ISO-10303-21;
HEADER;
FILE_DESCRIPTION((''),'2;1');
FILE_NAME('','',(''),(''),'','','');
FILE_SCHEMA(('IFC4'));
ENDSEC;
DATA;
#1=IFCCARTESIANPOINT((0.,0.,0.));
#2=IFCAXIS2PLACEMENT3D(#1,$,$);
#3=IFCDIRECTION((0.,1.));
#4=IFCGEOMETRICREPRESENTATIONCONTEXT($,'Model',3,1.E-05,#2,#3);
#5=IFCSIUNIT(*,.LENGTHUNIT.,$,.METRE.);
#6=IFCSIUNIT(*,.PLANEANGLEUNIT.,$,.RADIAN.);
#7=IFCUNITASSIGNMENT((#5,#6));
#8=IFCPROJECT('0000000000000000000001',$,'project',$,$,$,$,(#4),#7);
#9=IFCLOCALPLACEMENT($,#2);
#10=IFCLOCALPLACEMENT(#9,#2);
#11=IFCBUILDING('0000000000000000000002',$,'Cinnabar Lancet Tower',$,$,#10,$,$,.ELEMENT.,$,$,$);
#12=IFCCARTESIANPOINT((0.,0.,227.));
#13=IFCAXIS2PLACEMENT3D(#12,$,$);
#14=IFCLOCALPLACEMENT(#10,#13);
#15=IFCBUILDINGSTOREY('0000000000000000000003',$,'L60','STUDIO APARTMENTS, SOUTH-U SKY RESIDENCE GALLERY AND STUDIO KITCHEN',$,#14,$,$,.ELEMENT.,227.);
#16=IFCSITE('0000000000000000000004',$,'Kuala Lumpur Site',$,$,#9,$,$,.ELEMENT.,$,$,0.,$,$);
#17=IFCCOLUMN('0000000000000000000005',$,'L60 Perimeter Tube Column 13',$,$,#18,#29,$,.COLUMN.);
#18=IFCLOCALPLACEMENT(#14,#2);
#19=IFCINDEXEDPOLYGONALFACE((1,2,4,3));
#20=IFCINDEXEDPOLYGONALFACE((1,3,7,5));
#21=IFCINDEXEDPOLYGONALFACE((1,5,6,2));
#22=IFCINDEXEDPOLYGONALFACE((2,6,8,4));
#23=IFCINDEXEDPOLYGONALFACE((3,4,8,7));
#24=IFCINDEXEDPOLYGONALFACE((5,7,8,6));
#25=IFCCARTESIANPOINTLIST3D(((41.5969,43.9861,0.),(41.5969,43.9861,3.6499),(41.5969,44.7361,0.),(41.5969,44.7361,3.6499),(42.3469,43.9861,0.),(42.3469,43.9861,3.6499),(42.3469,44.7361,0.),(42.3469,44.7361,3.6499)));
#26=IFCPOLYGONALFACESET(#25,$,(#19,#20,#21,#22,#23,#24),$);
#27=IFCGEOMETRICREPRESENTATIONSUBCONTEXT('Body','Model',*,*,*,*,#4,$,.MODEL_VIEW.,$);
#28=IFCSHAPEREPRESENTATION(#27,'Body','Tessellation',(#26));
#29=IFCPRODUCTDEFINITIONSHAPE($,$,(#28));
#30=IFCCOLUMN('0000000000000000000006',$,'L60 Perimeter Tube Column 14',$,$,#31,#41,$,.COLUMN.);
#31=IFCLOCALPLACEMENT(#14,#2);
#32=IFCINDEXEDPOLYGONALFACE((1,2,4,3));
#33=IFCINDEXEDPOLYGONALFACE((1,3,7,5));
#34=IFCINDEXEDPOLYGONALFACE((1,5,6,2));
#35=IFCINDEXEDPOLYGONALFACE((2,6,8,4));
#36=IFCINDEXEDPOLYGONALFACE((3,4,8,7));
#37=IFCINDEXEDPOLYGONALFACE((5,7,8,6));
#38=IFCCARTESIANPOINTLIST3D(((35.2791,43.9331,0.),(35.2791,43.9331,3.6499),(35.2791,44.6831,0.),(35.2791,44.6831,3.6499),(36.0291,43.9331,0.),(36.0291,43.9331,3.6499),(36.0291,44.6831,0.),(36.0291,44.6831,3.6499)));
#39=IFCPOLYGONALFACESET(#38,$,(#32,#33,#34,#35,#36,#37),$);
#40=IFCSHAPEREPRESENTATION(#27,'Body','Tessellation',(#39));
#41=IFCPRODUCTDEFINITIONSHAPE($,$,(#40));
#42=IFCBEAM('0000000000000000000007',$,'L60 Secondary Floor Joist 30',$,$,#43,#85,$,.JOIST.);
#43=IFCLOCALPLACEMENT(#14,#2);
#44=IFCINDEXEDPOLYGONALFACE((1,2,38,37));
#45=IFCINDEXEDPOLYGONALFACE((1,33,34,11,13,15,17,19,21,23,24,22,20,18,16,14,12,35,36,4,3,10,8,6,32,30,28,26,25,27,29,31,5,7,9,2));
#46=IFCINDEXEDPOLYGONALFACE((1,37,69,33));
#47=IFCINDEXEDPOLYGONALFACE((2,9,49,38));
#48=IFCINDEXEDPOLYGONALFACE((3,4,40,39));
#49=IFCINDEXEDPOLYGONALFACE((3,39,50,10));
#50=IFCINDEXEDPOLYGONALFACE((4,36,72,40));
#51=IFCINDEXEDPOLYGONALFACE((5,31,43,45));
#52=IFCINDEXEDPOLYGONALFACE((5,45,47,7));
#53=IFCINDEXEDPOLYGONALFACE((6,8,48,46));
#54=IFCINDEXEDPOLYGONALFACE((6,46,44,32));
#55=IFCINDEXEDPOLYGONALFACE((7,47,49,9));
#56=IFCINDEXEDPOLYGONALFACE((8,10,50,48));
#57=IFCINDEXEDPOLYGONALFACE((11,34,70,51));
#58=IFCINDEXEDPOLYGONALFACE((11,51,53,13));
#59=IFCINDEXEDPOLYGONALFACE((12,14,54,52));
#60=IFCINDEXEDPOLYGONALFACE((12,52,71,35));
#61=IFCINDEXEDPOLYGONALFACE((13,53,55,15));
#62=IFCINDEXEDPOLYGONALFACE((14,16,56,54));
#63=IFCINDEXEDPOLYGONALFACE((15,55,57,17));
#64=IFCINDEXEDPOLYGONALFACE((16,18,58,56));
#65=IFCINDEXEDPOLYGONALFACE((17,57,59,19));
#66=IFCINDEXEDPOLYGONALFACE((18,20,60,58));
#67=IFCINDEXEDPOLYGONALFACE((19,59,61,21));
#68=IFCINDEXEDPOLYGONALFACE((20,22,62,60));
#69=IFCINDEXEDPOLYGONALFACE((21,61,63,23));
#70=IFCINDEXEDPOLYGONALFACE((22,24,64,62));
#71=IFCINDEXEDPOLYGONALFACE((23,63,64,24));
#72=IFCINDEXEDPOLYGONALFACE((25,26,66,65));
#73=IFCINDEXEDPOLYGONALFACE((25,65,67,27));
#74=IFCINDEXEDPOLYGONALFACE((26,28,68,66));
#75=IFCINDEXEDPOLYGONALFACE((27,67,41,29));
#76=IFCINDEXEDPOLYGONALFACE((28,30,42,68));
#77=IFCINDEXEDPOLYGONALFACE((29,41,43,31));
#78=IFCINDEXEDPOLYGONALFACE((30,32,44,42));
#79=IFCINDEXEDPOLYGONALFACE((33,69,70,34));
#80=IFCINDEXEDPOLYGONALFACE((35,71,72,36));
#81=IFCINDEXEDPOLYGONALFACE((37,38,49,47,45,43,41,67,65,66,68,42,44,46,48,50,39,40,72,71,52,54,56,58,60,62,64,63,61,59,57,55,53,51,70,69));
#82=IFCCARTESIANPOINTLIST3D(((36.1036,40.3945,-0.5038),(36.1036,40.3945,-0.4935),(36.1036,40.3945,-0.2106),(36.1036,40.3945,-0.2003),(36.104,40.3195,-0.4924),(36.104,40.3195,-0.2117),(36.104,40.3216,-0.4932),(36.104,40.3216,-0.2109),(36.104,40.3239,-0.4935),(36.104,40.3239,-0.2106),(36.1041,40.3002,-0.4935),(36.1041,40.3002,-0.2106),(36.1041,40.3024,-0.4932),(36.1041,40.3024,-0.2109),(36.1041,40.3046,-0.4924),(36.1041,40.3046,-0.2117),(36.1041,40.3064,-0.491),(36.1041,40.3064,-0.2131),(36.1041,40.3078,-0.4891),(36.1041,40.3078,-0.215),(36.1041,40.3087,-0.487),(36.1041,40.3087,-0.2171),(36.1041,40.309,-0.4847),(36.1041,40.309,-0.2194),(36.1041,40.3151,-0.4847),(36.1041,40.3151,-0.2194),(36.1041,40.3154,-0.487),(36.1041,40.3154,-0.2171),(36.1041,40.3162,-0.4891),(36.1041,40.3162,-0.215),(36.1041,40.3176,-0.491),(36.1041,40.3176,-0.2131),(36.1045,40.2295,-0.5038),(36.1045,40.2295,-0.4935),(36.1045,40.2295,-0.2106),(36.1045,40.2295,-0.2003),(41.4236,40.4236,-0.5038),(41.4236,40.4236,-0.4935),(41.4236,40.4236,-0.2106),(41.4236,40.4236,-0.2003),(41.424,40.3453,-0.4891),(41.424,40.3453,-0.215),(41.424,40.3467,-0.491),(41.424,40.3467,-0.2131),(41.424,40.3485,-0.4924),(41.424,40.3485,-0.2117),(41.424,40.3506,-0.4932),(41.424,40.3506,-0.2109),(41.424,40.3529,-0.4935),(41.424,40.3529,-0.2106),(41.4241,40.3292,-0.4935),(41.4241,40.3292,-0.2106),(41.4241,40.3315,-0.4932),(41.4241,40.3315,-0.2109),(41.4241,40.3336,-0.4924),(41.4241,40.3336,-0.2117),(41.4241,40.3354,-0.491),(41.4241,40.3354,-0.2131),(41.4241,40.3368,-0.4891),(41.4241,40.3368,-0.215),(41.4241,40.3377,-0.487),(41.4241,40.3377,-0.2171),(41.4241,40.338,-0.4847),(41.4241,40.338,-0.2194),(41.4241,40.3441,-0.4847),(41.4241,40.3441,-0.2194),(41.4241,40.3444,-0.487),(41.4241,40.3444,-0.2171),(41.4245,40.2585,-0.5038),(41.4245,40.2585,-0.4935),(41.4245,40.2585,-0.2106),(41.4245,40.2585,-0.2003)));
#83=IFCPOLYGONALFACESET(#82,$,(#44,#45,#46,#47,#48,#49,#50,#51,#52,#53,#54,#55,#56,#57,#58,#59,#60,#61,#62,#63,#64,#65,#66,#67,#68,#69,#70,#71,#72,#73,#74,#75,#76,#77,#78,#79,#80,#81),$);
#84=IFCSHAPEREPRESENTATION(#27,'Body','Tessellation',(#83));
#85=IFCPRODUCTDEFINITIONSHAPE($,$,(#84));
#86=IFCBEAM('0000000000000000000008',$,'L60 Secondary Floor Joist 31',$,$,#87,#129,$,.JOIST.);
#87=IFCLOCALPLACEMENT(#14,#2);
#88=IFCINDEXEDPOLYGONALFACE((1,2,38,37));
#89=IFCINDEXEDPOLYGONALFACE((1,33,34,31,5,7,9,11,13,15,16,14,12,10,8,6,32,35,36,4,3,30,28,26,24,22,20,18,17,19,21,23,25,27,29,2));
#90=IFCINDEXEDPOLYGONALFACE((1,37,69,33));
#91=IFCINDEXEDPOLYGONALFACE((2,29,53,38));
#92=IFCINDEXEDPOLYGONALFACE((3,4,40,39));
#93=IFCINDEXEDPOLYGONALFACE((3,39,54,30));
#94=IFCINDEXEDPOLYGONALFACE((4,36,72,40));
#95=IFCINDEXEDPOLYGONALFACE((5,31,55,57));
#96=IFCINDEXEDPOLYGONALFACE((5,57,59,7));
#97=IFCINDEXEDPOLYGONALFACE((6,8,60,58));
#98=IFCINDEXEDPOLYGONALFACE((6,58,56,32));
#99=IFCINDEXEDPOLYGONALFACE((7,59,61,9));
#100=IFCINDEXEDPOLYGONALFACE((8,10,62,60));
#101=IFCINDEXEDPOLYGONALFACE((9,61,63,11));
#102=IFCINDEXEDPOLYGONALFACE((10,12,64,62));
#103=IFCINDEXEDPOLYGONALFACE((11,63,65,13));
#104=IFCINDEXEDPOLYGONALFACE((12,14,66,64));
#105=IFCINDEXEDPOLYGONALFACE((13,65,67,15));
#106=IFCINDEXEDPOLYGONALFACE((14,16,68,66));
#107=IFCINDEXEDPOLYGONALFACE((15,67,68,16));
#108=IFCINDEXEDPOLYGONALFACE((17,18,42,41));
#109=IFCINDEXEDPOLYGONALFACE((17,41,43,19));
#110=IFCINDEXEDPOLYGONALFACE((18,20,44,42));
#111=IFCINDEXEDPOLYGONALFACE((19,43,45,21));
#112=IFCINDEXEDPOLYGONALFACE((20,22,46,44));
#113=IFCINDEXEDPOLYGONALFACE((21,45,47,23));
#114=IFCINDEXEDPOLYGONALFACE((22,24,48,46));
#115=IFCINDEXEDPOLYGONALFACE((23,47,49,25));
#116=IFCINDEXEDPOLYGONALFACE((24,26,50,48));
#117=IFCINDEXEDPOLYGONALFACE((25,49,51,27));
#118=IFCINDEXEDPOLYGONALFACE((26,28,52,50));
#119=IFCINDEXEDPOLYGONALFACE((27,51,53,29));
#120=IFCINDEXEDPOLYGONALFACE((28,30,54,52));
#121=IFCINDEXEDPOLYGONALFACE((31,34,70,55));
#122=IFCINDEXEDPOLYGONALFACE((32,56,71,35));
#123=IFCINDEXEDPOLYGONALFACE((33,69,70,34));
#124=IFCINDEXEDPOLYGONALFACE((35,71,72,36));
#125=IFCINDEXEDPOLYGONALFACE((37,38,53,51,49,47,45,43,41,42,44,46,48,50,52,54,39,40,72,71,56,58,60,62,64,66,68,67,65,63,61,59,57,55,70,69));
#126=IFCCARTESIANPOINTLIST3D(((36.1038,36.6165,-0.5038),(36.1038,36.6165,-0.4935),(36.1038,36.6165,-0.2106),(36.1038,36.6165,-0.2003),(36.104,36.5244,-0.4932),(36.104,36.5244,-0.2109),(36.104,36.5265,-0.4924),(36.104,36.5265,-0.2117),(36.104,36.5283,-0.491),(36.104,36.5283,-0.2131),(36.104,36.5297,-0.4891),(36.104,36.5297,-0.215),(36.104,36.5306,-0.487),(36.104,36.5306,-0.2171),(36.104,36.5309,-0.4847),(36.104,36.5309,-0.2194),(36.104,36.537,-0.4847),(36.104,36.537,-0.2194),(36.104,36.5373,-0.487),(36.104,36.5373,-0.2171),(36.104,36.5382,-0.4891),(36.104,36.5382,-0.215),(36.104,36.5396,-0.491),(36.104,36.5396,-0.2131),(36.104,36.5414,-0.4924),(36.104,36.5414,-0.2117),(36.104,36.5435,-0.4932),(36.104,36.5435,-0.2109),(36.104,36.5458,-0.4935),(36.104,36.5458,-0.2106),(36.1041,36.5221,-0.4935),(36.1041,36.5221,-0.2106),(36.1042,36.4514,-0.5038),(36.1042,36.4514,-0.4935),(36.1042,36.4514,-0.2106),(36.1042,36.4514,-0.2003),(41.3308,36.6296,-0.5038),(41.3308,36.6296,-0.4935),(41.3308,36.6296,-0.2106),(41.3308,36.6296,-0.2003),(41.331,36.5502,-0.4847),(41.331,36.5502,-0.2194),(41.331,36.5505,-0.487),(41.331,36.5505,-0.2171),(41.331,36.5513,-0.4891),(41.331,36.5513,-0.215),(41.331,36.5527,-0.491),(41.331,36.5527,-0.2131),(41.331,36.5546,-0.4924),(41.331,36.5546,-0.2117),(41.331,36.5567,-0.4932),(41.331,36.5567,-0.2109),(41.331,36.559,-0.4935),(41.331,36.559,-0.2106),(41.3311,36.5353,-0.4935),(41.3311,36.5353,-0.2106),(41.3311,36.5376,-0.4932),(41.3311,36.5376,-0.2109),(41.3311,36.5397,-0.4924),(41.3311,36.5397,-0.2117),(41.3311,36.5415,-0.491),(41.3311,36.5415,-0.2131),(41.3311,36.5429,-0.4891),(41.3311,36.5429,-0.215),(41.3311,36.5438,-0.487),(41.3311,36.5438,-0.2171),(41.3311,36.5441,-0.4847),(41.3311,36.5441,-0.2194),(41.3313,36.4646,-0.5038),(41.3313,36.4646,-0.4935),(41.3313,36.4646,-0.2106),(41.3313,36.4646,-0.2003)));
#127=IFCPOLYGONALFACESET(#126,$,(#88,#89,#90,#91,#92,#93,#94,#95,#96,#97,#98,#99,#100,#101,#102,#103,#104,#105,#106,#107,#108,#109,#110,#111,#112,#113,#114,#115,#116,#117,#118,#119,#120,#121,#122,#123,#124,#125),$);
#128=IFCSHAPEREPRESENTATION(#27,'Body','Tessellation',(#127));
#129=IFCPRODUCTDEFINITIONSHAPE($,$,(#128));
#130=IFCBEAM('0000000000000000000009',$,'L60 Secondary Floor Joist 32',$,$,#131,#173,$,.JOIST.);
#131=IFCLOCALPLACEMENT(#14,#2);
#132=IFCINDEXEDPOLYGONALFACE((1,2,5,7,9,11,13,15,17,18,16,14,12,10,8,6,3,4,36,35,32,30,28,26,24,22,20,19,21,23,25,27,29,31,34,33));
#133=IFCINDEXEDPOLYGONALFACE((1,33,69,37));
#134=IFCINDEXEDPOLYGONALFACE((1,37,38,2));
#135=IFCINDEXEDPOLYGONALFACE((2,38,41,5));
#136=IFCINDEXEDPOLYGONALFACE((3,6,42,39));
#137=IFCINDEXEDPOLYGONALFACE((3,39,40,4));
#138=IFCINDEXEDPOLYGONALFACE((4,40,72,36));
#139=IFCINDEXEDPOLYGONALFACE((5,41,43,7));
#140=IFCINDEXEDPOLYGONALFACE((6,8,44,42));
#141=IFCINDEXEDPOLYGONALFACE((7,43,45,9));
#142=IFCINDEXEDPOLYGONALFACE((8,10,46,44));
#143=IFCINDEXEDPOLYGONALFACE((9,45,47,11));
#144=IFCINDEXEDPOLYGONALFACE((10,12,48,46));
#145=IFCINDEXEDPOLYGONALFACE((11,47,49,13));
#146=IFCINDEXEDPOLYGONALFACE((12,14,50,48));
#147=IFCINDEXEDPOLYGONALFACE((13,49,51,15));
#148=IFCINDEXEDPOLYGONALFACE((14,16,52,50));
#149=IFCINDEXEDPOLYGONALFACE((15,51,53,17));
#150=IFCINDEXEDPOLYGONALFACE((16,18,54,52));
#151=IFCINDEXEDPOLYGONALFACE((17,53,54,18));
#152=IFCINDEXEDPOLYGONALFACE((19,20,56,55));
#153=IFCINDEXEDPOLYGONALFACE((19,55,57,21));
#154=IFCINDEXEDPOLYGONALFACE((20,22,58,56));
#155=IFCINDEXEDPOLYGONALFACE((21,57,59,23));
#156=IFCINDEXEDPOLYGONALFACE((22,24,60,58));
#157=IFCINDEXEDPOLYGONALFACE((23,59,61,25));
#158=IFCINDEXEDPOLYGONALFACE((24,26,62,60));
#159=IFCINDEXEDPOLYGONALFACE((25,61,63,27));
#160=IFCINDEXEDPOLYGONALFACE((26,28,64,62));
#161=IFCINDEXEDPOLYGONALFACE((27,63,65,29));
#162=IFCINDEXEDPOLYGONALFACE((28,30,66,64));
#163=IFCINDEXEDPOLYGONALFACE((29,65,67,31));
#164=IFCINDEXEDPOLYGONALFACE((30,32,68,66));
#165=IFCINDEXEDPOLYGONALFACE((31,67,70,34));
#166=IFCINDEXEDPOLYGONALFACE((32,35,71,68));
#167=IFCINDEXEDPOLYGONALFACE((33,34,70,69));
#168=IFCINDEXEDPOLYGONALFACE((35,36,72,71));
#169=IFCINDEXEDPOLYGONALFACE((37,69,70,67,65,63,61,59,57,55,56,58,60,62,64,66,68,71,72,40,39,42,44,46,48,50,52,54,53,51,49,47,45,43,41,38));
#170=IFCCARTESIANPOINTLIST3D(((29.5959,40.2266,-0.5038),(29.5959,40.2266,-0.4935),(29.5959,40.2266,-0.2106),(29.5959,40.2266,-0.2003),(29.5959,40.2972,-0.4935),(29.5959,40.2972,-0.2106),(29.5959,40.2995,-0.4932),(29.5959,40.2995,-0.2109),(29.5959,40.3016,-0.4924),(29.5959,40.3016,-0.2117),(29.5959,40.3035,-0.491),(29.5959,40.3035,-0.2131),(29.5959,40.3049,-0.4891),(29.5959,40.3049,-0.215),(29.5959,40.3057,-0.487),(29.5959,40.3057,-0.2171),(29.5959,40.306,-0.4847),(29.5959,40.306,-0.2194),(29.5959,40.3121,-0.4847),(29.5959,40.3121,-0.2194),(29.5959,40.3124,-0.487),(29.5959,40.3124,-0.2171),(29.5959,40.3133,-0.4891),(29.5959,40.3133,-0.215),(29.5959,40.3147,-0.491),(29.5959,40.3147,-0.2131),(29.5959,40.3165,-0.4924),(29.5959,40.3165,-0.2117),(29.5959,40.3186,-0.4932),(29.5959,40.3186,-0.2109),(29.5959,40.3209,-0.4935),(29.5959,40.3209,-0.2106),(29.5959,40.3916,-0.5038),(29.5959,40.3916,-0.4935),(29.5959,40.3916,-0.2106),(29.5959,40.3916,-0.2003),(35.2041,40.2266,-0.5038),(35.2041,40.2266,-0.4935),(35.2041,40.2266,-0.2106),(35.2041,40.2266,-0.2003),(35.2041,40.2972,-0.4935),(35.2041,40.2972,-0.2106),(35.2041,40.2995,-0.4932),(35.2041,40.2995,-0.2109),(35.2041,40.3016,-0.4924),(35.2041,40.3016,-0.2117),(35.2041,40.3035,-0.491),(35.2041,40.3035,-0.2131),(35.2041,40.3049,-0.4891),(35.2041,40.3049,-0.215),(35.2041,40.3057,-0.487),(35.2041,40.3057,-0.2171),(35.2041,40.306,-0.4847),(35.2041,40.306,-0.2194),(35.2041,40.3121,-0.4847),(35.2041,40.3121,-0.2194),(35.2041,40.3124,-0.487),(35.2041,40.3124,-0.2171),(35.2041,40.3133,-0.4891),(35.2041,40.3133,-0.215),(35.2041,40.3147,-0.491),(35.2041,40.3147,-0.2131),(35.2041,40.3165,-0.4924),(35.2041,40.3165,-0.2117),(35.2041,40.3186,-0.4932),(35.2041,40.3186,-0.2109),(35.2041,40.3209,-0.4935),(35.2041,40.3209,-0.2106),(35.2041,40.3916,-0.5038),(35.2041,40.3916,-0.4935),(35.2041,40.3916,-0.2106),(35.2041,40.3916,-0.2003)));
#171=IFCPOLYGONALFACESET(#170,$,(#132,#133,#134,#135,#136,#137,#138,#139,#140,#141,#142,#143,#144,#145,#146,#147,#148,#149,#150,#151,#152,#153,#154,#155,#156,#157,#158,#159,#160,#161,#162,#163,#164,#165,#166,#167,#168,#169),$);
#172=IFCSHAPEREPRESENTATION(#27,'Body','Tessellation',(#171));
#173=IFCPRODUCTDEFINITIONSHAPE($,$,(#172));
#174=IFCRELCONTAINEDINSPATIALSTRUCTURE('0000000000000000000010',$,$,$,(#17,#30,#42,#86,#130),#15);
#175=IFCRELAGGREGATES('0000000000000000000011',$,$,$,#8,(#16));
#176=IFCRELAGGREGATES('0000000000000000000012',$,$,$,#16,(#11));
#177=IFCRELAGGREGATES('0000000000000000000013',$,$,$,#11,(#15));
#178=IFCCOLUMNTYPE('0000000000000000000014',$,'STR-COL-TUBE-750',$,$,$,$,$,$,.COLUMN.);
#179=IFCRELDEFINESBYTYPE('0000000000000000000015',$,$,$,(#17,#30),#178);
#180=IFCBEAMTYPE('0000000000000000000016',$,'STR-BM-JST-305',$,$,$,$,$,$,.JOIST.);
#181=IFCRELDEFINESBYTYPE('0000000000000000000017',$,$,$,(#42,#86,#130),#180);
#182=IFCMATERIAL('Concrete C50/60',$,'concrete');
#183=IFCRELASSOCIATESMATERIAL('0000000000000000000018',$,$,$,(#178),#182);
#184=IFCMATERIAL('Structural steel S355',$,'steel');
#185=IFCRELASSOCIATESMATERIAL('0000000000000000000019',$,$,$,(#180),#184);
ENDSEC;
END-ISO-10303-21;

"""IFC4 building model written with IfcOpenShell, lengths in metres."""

from ifc_helpers import new_model, si_unit, direction, frame, origin, origin_2d, place, context, subcontext, project, spatial, rectangle, i_section, extrude, material, material_profile, profile_set, type_object, element, save


model = new_model("IFC4")

# Units and contexts
model_context = context("Model", 3, precision=1e-05, world=origin(), true_north=direction((0.0, 1.0)))
body_context = subcontext(model_context, "Body", "Model", "MODEL_VIEW")
ifc_project = project(units=[si_unit("LENGTHUNIT", "METRE"), si_unit("PLANEANGLEUNIT", "RADIAN")], contexts=[model_context])

# Site, building, storey
site_placement = place(None, origin())
site = spatial("IfcSite", under=ifc_project, at=site_placement, Name="Kuala Lumpur Site", CompositionType="ELEMENT", RefElevation=0.0)
building_placement = place(site_placement, origin())
building = spatial("IfcBuilding", under=site, at=building_placement, Name="Cinnabar Lancet Tower", CompositionType="ELEMENT")
storey_placement = place(building_placement, frame((0.0, 0.0, 227.0)))
storey = spatial("IfcBuildingStorey", under=building, at=storey_placement, Name="L60", Description="STUDIO APARTMENTS, SOUTH-U SKY RESIDENCE GALLERY AND STUDIO KITCHEN", CompositionType="ELEMENT", Elevation=227.0)

# Columns
ifc_material_1 = material(Name="Concrete C50/60", Category="concrete")
ifc_material_profile_1 = material_profile(ifc_material_1, rectangle(XDim=0.75, YDim=0.75, at=origin_2d()), Name="RC-COL 750x750")
ifc_profile_set_1 = profile_set([ifc_material_profile_1], Name="Concrete C50/60")
column_type = type_object("IfcColumnType", Name="STR-COL-TUBE-750", PredefinedType="COLUMN", material=ifc_profile_set_1)
for number, where, z_axis, x_axis, name in (
    (1, (41.9719, 44.3611, 0.0), (0.0, 0.0, 1.0), (1.0, 0.0, 0.0), "L60 Perimeter Tube Column 13"),
    (2, (35.6541, 44.3081, 0.0), (0.0, 0.0, 1.0), (1.0, 0.0, 0.0), "L60 Perimeter Tube Column 14"),
):
    element("IfcColumn", number, at=place(storey_placement, frame(where, z_axis=z_axis, x_axis=x_axis)), inside=storey, type_object=column_type, Name=name, PredefinedType="COLUMN", context=body_context, shape_type="SweptSolid", body=[
        extrude(rectangle(XDim=0.75, YDim=0.75, at=origin_2d()), origin(), (0.0, 0.0, 1.0), 3.6499),
    ])

# Beams
ifc_material_2 = material(Name="Structural steel S355", Category="steel")
ifc_material_profile_2 = material_profile(ifc_material_2, i_section(OverallWidth=0.165, OverallDepth=0.3035, WebThickness=0.0061, FlangeThickness=0.0103, FilletRadius=0.0088, at=origin_2d()), Name="UKB 305x165x40")
ifc_profile_set_2 = profile_set([ifc_material_profile_2], Name="Structural steel S355")
beam_type_1 = type_object("IfcBeamType", Name="STR-BM-JST-305", PredefinedType="JOIST", material=ifc_profile_set_2)
beam_1_placement = place(storey_placement, frame((41.4241, 40.3411, -0.3521), z_axis=(-0.999985, -0.005461, 0.0), x_axis=(0.005461, -0.999985, 0.0)))
element("IfcBeam", 3, at=beam_1_placement, inside=storey, type_object=beam_type_1, Name="L60 Secondary Floor Joist 30", PredefinedType="JOIST", context=body_context, shape_type="SweptSolid", body=[
    extrude(i_section(OverallWidth=0.165, OverallDepth=0.3035, WebThickness=0.0061, FlangeThickness=0.0103, FilletRadius=0.0088, at=origin_2d()), origin(), (0.0, 0.0, 1.0), 5.3201),
])
beam_2_placement = place(storey_placement, frame((41.3311, 36.5471, -0.3521), z_axis=(-0.999997, -0.002522, 0.0), x_axis=(0.002522, -0.999997, 0.0)))
element("IfcBeam", 4, at=beam_2_placement, inside=storey, type_object=beam_type_1, Name="L60 Secondary Floor Joist 31", PredefinedType="JOIST", context=body_context, shape_type="SweptSolid", body=[
    extrude(i_section(OverallWidth=0.165, OverallDepth=0.3035, WebThickness=0.0061, FlangeThickness=0.0103, FilletRadius=0.0088, at=origin_2d()), origin(), (0.0, 0.0, 1.0), 5.2271),
])
for number, where, z_axis, x_axis, name in (
    (5, (35.2041, 40.3091, -0.3521), (-1.0, 0.0, 0.0), (0.0, -1.0, 0.0), "L60 Secondary Floor Joist 32"),
):
    element("IfcBeam", number, at=place(storey_placement, frame(where, z_axis=z_axis, x_axis=x_axis)), inside=storey, type_object=beam_type_1, Name=name, PredefinedType="JOIST", context=body_context, shape_type="SweptSolid", body=[
        extrude(i_section(OverallWidth=0.165, OverallDepth=0.3035, WebThickness=0.0061, FlangeThickness=0.0103, FilletRadius=0.0088, at=origin_2d()), origin(), (0.0, 0.0, 1.0), 5.6082),
    ])

save(model, "model.ifc")
